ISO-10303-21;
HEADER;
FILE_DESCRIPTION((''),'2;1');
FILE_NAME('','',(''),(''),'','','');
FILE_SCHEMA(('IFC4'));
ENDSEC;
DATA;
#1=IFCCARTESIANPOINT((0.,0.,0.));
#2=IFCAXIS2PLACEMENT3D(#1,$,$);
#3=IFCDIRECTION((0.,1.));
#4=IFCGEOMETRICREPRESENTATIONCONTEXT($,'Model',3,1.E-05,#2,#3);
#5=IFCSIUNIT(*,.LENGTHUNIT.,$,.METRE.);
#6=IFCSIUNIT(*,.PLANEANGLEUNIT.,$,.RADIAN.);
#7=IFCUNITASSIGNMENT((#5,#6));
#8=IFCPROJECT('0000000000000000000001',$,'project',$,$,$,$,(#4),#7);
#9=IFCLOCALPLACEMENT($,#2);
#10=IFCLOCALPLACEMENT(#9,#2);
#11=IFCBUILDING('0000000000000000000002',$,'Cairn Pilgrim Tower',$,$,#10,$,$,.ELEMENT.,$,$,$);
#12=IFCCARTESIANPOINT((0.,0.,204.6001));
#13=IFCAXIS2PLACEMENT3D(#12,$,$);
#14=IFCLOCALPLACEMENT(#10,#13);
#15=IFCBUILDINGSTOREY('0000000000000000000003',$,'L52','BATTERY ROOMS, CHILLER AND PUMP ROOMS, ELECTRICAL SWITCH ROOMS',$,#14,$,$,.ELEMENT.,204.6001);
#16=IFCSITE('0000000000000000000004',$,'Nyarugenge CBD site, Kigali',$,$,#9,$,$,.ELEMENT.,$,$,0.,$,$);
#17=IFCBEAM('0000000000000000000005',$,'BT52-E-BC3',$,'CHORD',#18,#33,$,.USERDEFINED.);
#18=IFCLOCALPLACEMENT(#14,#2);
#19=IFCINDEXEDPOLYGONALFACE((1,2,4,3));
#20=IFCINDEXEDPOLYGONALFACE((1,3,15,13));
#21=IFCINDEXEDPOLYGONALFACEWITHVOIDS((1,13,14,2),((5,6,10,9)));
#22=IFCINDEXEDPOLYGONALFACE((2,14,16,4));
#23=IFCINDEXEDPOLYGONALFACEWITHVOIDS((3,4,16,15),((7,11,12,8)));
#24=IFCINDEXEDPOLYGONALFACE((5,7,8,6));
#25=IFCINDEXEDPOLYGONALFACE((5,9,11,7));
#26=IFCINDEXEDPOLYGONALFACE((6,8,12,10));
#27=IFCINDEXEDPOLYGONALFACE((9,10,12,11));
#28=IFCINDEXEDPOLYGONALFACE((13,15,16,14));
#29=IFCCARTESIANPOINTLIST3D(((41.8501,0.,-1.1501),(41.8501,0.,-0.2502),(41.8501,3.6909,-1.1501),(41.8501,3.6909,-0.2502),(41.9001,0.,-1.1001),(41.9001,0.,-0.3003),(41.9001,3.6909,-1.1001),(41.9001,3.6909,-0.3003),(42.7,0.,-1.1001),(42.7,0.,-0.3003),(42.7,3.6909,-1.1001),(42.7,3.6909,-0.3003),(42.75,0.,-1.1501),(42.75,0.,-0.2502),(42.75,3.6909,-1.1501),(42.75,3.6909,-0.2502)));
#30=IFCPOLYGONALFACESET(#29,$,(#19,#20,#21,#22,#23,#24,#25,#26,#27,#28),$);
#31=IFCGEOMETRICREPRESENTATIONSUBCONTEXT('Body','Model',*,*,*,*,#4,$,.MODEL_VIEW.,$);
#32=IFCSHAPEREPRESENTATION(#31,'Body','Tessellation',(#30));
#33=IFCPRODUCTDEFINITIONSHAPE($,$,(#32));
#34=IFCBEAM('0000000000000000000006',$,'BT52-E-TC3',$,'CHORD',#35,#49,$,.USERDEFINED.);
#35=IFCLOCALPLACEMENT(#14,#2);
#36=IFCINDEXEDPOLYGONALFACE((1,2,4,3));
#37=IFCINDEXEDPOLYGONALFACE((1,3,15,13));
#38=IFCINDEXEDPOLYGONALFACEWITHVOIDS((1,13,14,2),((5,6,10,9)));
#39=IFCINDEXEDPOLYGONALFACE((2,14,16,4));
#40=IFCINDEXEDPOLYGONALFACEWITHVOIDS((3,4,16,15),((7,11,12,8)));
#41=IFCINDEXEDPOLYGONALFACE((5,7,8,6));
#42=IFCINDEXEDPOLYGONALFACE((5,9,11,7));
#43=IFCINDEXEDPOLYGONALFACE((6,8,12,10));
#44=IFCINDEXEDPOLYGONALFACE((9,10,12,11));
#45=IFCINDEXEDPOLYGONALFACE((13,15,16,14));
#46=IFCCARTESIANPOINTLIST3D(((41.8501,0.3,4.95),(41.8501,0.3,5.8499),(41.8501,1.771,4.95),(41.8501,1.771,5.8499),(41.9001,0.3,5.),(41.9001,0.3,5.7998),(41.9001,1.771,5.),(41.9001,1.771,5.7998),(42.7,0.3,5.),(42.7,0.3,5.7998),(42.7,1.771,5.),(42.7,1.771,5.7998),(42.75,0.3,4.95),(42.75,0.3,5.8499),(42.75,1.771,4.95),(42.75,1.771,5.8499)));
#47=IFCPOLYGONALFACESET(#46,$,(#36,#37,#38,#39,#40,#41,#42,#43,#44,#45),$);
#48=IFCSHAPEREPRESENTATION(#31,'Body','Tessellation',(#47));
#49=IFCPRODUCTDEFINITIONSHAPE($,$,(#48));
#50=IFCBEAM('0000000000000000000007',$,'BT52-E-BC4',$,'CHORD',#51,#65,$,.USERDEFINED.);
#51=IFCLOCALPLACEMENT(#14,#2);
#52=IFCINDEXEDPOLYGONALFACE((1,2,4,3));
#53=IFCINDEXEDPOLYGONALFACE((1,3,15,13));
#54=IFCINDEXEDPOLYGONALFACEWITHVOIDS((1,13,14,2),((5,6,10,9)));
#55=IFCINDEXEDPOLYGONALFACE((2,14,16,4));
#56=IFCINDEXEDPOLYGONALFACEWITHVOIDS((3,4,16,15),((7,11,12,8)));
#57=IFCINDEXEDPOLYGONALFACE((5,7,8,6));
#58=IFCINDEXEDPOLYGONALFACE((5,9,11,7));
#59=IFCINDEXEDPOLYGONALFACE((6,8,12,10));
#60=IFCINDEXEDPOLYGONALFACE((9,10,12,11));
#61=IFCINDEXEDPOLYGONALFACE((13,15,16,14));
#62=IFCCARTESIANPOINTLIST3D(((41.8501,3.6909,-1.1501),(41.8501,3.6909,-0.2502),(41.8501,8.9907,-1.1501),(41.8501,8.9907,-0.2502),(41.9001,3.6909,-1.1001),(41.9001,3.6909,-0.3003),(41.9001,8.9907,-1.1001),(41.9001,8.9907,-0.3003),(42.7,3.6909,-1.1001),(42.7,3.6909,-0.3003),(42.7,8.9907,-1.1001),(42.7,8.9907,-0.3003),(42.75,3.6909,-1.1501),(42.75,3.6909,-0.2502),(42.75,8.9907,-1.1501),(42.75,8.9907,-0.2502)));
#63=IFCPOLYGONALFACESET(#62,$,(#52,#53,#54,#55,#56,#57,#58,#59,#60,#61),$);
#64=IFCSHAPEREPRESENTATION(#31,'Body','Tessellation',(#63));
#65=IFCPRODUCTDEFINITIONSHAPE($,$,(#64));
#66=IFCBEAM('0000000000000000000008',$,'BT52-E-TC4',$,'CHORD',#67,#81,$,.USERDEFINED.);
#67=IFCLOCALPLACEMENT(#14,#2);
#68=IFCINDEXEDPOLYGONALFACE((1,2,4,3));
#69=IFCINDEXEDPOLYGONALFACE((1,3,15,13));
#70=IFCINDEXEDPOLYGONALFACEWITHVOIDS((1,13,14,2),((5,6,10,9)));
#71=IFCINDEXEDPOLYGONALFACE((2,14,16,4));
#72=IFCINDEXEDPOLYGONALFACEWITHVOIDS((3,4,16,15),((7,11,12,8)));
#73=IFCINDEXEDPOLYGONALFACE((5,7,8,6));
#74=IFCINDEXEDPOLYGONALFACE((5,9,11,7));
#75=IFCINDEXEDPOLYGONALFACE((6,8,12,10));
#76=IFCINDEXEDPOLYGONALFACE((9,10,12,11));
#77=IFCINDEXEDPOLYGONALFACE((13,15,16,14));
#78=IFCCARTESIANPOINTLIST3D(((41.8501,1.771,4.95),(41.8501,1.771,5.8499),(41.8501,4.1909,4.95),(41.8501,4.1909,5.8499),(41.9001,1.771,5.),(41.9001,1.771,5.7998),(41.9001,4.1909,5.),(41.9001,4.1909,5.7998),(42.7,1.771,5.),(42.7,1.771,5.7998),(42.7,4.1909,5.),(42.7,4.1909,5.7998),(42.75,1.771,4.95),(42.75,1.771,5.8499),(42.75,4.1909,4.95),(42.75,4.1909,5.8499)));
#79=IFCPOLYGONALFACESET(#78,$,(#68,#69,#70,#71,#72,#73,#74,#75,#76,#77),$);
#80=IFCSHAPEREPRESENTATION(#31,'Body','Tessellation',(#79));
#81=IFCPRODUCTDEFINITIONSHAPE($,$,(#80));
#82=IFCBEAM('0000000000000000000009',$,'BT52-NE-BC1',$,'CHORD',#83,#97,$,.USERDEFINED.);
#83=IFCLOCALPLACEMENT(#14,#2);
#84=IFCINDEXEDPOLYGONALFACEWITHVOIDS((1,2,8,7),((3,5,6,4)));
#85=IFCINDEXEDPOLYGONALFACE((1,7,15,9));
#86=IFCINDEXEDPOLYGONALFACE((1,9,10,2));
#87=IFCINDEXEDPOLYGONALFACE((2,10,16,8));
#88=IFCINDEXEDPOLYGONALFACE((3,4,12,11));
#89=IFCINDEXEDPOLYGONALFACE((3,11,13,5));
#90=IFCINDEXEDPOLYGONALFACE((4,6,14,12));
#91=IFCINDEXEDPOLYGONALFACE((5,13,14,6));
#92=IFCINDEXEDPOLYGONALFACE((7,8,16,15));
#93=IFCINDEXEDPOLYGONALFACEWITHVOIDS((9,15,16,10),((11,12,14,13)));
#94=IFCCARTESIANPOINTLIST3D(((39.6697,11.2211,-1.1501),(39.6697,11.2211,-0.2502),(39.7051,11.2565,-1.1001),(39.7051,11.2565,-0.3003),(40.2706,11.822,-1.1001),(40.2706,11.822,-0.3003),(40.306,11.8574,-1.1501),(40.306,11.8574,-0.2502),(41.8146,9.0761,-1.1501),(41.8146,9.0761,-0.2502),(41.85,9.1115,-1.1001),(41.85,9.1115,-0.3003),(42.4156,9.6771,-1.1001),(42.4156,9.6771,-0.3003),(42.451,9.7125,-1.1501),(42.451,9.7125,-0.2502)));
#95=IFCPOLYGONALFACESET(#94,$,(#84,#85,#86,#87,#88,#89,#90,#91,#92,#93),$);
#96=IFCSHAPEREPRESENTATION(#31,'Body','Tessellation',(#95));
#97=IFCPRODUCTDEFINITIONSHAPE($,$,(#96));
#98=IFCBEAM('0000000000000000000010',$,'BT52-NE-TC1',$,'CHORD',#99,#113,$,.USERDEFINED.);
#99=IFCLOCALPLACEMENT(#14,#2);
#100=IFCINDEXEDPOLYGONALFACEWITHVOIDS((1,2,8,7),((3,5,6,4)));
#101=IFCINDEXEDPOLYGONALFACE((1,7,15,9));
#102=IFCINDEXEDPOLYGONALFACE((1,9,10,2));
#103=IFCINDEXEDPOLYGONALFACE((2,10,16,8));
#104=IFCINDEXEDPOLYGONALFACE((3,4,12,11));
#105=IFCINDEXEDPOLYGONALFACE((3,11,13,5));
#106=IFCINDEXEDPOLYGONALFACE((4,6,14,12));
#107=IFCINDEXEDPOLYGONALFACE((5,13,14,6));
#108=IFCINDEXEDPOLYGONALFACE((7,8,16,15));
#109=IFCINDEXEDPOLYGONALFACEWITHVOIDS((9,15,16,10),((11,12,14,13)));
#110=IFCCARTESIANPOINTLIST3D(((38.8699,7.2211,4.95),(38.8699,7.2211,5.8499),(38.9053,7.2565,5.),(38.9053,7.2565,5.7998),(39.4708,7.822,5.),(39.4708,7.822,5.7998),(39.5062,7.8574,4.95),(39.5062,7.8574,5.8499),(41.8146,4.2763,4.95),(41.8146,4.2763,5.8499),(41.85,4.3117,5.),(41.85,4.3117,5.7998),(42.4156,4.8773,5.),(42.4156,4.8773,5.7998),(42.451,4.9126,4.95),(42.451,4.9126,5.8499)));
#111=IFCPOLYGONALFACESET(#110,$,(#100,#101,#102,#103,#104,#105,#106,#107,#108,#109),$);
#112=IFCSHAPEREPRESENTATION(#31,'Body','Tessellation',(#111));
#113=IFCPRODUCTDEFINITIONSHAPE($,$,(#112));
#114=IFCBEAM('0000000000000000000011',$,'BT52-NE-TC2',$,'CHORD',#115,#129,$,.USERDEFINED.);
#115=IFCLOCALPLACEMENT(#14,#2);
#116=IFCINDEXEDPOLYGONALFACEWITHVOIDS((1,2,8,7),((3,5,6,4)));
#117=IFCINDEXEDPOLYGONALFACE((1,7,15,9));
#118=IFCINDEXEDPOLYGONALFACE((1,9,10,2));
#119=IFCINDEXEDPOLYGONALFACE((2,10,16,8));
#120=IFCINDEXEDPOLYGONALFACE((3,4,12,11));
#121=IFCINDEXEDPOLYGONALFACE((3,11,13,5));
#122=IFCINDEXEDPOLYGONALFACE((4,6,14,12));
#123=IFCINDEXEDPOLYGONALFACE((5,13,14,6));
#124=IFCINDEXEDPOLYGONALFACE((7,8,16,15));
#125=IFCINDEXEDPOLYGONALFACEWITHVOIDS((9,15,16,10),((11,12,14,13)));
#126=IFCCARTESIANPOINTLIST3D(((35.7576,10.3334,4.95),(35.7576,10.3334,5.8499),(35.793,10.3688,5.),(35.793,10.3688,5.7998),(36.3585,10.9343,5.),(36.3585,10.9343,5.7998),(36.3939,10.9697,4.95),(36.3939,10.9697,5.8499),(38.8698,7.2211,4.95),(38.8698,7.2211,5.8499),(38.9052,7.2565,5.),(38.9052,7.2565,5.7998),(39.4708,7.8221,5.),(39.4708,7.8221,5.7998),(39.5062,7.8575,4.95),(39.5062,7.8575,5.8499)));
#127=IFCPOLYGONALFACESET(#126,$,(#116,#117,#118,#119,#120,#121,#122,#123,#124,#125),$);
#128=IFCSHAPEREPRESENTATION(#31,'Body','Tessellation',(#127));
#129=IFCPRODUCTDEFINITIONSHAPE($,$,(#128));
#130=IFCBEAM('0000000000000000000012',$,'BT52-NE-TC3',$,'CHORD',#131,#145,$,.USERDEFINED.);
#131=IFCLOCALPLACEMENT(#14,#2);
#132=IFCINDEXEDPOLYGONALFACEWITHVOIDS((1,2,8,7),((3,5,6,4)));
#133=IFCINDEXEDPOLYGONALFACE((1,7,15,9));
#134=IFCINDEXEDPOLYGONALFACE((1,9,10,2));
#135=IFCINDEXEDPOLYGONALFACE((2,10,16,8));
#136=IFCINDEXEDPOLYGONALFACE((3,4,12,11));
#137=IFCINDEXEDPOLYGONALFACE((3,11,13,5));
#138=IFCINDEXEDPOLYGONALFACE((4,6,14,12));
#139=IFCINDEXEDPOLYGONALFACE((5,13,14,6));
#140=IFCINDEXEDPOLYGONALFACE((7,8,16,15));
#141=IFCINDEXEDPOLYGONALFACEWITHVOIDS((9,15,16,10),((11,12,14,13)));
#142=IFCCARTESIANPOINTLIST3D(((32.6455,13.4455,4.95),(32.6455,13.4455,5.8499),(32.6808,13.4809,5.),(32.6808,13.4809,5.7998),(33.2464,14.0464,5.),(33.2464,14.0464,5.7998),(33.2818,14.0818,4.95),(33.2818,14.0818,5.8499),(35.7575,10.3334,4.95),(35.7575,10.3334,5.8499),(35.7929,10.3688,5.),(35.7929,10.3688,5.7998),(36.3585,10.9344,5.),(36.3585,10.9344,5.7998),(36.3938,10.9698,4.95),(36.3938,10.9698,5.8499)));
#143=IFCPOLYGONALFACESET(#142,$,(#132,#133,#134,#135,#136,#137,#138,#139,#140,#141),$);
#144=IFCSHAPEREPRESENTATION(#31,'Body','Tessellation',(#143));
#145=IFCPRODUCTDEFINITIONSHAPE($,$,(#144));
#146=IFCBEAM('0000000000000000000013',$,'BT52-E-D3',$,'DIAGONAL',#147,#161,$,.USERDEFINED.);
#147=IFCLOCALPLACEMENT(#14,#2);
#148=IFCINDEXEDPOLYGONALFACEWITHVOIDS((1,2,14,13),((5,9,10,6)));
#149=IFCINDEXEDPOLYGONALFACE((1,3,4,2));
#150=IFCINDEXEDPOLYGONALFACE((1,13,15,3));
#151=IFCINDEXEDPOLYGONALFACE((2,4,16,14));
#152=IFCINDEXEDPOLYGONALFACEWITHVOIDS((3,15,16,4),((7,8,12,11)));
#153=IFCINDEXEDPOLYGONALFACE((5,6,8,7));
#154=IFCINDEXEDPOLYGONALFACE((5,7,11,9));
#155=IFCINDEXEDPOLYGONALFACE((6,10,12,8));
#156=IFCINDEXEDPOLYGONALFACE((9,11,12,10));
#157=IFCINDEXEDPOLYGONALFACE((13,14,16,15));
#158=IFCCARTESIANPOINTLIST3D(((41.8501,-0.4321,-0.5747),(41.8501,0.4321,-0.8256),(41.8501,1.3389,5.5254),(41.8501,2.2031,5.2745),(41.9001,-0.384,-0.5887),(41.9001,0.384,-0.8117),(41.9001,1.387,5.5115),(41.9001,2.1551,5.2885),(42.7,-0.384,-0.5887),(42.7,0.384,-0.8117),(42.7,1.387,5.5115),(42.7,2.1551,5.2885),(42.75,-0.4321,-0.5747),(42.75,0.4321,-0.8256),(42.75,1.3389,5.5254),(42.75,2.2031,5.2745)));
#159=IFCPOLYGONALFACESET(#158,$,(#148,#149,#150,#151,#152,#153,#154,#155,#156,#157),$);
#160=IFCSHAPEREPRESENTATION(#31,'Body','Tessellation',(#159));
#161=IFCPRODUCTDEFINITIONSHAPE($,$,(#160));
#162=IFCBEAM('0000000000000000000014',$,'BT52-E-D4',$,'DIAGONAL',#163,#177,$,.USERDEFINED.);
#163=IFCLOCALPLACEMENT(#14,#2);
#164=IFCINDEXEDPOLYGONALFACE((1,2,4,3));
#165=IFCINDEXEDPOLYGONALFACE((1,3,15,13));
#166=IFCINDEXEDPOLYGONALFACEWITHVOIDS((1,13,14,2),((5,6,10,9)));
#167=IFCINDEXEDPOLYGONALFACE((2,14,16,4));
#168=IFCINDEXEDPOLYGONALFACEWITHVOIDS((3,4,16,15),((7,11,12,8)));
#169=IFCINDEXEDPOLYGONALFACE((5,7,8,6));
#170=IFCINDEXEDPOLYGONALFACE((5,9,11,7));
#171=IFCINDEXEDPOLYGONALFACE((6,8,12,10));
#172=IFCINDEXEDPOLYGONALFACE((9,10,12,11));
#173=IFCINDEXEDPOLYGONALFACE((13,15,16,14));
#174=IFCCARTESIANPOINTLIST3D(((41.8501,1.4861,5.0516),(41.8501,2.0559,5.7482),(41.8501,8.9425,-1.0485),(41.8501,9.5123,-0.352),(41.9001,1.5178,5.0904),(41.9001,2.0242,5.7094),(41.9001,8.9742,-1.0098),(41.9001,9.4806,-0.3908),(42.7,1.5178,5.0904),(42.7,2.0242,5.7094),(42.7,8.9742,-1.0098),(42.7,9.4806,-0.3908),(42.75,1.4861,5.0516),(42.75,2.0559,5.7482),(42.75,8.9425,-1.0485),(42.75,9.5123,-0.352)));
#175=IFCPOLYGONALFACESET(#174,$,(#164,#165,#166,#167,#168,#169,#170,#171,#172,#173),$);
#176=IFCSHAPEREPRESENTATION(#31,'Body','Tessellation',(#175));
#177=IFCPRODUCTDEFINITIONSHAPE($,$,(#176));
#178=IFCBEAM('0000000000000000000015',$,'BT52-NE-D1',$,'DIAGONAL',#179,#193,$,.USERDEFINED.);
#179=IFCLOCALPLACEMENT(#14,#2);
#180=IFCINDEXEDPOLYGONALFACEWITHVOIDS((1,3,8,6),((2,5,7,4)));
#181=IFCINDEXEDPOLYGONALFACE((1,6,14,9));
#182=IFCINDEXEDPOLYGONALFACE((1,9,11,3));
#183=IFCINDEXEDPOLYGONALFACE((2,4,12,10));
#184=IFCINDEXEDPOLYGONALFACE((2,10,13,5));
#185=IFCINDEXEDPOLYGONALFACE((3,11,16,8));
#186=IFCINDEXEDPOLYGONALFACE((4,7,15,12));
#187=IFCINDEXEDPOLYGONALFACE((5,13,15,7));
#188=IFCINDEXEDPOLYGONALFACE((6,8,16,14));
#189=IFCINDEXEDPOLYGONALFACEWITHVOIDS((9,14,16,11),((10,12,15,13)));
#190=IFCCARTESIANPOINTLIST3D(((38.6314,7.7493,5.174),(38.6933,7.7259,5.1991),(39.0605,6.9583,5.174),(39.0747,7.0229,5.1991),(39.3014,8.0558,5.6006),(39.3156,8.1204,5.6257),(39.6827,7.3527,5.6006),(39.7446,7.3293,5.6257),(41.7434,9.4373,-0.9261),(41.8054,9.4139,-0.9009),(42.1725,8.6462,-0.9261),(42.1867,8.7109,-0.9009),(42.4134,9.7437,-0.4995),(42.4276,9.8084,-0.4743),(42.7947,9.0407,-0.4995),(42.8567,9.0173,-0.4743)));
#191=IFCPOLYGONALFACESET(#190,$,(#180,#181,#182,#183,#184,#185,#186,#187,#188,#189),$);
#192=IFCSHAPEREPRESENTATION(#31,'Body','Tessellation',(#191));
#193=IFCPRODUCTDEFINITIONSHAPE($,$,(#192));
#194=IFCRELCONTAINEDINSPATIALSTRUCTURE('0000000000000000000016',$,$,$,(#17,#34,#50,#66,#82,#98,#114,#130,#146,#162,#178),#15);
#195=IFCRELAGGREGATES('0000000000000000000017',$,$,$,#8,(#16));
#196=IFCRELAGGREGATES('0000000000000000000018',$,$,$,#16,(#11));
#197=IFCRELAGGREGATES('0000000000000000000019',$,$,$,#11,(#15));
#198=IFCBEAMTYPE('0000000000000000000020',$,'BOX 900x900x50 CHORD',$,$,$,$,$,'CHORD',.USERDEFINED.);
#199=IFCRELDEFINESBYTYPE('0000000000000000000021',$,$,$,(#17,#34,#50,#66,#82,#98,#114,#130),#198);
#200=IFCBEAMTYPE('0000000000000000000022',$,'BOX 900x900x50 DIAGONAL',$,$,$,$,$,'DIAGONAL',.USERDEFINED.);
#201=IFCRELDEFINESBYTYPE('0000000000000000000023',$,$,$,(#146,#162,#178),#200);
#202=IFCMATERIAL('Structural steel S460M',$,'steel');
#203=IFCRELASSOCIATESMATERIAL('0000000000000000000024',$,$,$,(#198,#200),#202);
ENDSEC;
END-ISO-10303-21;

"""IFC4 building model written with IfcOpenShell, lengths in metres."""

from ifc_helpers import new_model, si_unit, direction, frame, origin, origin_2d, place, context, subcontext, project, spatial, hollow_rectangle, extrude, material, material_profile, profile_set, type_object, element, save


model = new_model("IFC4")

# Units and contexts
model_context = context("Model", 3, precision=1e-05, world=origin(), true_north=direction((0.0, 1.0)))
body_context = subcontext(model_context, "Body", "Model", "MODEL_VIEW")
ifc_project = project(units=[si_unit("LENGTHUNIT", "METRE"), si_unit("PLANEANGLEUNIT", "RADIAN")], contexts=[model_context])

# Site, building, storey
site_placement = place(None, origin())
site = spatial("IfcSite", under=ifc_project, at=site_placement, Name="Nyarugenge CBD site, Kigali", CompositionType="ELEMENT", RefElevation=0.0)
building_placement = place(site_placement, origin())
building = spatial("IfcBuilding", under=site, at=building_placement, Name="Cairn Pilgrim Tower", CompositionType="ELEMENT")
storey_placement = place(building_placement, frame((0.0, 0.0, 204.6001)))
storey = spatial("IfcBuildingStorey", under=building, at=storey_placement, Name="L52", Description="BATTERY ROOMS, CHILLER AND PUMP ROOMS, ELECTRICAL SWITCH ROOMS", CompositionType="ELEMENT", Elevation=204.6001)

# Shared definitions
ifc_material_1 = material(Name="Structural steel S460M", Category="steel")

# Beams
ifc_material_profile_1 = material_profile(ifc_material_1, hollow_rectangle(XDim=0.8999, YDim=0.8999, WallThickness=0.05, at=origin_2d()), Name="BOX 900x900x50")
ifc_profile_set_1 = profile_set([ifc_material_profile_1], Name="Structural steel S460M")
beam_type_1 = type_object("IfcBeamType", Name="BOX 900x900x50 CHORD", ElementType="CHORD", PredefinedType="USERDEFINED", material=ifc_profile_set_1)
beam_1_placement = place(storey_placement, frame((42.3, 0.0, -0.7002), z_axis=(0.0, 1.0, 0.0), x_axis=(-1.0, 0.0, 0.0)))
element("IfcBeam", 1, at=beam_1_placement, inside=storey, type_object=beam_type_1, Name="BT52-E-BC3", ObjectType="CHORD", PredefinedType="USERDEFINED", context=body_context, shape_type="SweptSolid", body=[
    extrude(hollow_rectangle(XDim=0.8999, YDim=0.8999, WallThickness=0.05, at=origin_2d()), origin(), (0.0, 0.0, 1.0), 3.6909),
])
beam_2_placement = place(storey_placement, frame((42.3, 0.3, 5.3999), z_axis=(0.0, 1.0, 0.0), x_axis=(-1.0, 0.0, 0.0)))
element("IfcBeam", 2, at=beam_2_placement, inside=storey, type_object=beam_type_1, Name="BT52-E-TC3", ObjectType="CHORD", PredefinedType="USERDEFINED", context=body_context, shape_type="SweptSolid", body=[
    extrude(hollow_rectangle(XDim=0.8999, YDim=0.8999, WallThickness=0.05, at=origin_2d()), origin(), (0.0, 0.0, 1.0), 1.4709),
])
beam_3_placement = place(storey_placement, frame((42.3, 3.6909, -0.7002), z_axis=(0.0, 1.0, 0.0), x_axis=(-1.0, 0.0, 0.0)))
element("IfcBeam", 3, at=beam_3_placement, inside=storey, type_object=beam_type_1, Name="BT52-E-BC4", ObjectType="CHORD", PredefinedType="USERDEFINED", context=body_context, shape_type="SweptSolid", body=[
    extrude(hollow_rectangle(XDim=0.8999, YDim=0.8999, WallThickness=0.05, at=origin_2d()), origin(), (0.0, 0.0, 1.0), 5.2998),
])
beam_4_placement = place(storey_placement, frame((42.3, 1.771, 5.3999), z_axis=(0.0, 1.0, 0.0), x_axis=(-1.0, 0.0, 0.0)))
element("IfcBeam", 4, at=beam_4_placement, inside=storey, type_object=beam_type_1, Name="BT52-E-TC4", ObjectType="CHORD", PredefinedType="USERDEFINED", context=body_context, shape_type="SweptSolid", body=[
    extrude(hollow_rectangle(XDim=0.8999, YDim=0.8999, WallThickness=0.05, at=origin_2d()), origin(), (0.0, 0.0, 1.0), 2.4199),
])
beam_5_placement = place(storey_placement, frame((42.1328, 9.3943, -0.7002), z_axis=(-0.707107, 0.707107, 0.0), x_axis=(-0.707107, -0.707107, 0.0)))
element("IfcBeam", 5, at=beam_5_placement, inside=storey, type_object=beam_type_1, Name="BT52-NE-BC1", ObjectType="CHORD", PredefinedType="USERDEFINED", context=body_context, shape_type="SweptSolid", body=[
    extrude(hollow_rectangle(XDim=0.8999, YDim=0.8999, WallThickness=0.05, at=origin_2d()), origin(), (0.0, 0.0, 1.0), 3.0334),
])
beam_6_placement = place(storey_placement, frame((42.1328, 4.5945, 5.3999), z_axis=(-0.707107, 0.707107, 0.0), x_axis=(-0.707107, -0.707107, 0.0)))
element("IfcBeam", 6, at=beam_6_placement, inside=storey, type_object=beam_type_1, Name="BT52-NE-TC1", ObjectType="CHORD", PredefinedType="USERDEFINED", context=body_context, shape_type="SweptSolid", body=[
    extrude(hollow_rectangle(XDim=0.8999, YDim=0.8999, WallThickness=0.05, at=origin_2d()), origin(), (0.0, 0.0, 1.0), 4.1646),
])
beam_7_placement = place(storey_placement, frame((39.188, 7.5393, 5.3999), z_axis=(-0.707107, 0.707107, 0.0), x_axis=(-0.707107, -0.707107, 0.0)))
element("IfcBeam", 7, at=beam_7_placement, inside=storey, type_object=beam_type_1, Name="BT52-NE-TC2", ObjectType="CHORD", PredefinedType="USERDEFINED", context=body_context, shape_type="SweptSolid", body=[
    extrude(hollow_rectangle(XDim=0.8999, YDim=0.8999, WallThickness=0.05, at=origin_2d()), origin(), (0.0, 0.0, 1.0), 4.4014),
])
beam_8_placement = place(storey_placement, frame((36.0757, 10.6516, 5.3999), z_axis=(-0.707107, 0.707107, 0.0), x_axis=(-0.707107, -0.707107, 0.0)))
element("IfcBeam", 8, at=beam_8_placement, inside=storey, type_object=beam_type_1, Name="BT52-NE-TC3", ObjectType="CHORD", PredefinedType="USERDEFINED", context=body_context, shape_type="SweptSolid", body=[
    extrude(hollow_rectangle(XDim=0.8999, YDim=0.8999, WallThickness=0.05, at=origin_2d()), origin(), (0.0, 0.0, 1.0), 4.4011),
])
ifc_material_profile_2 = material_profile(ifc_material_1, hollow_rectangle(XDim=0.8999, YDim=0.8999, WallThickness=0.05, at=origin_2d()), Name="BOX 900x900x50")
ifc_profile_set_2 = profile_set([ifc_material_profile_2], Name="Structural steel S460M")
beam_type_2 = type_object("IfcBeamType", Name="BOX 900x900x50 DIAGONAL", ElementType="DIAGONAL", PredefinedType="USERDEFINED", material=ifc_profile_set_2)
beam_9_placement = place(storey_placement, frame((42.3, 0.0, -0.7002), z_axis=(0.0, 0.27881, 0.960346), x_axis=(-1.0, 0.0, 0.0)))
element("IfcBeam", 9, at=beam_9_placement, inside=storey, type_object=beam_type_2, Name="BT52-E-D3", ObjectType="DIAGONAL", PredefinedType="USERDEFINED", context=body_context, shape_type="SweptSolid", body=[
    extrude(hollow_rectangle(XDim=0.8999, YDim=0.8999, WallThickness=0.05, at=origin_2d()), origin(), (0.0, 0.0, 1.0), 6.3521),
])
beam_10_placement = place(storey_placement, frame((42.3, 1.771, 5.3999), z_axis=(0.0, 0.773983, -0.633206), x_axis=(-1.0, 0.0, 0.0)))
element("IfcBeam", 10, at=beam_10_placement, inside=storey, type_object=beam_type_2, Name="BT52-E-D4", ObjectType="DIAGONAL", PredefinedType="USERDEFINED", context=body_context, shape_type="SweptSolid", body=[
    extrude(hollow_rectangle(XDim=0.8999, YDim=0.8999, WallThickness=0.05, at=origin_2d()), origin(), (0.0, 0.0, 1.0), 9.6338),
])
beam_11_placement = place(storey_placement, frame((42.3, 9.2273, -0.7002), z_axis=(-0.441237, -0.239328, 0.864889), x_axis=(0.476783, -0.879021, 0.0)))
element("IfcBeam", 11, at=beam_11_placement, inside=storey, type_object=beam_type_2, Name="BT52-NE-D1", ObjectType="DIAGONAL", PredefinedType="USERDEFINED", context=body_context, shape_type="SweptSolid", body=[
    extrude(hollow_rectangle(XDim=0.8999, YDim=0.8999, WallThickness=0.05, at=origin_2d()), origin(), (0.0, 0.0, 1.0), 7.053),
])

save(model, "model.ifc")
